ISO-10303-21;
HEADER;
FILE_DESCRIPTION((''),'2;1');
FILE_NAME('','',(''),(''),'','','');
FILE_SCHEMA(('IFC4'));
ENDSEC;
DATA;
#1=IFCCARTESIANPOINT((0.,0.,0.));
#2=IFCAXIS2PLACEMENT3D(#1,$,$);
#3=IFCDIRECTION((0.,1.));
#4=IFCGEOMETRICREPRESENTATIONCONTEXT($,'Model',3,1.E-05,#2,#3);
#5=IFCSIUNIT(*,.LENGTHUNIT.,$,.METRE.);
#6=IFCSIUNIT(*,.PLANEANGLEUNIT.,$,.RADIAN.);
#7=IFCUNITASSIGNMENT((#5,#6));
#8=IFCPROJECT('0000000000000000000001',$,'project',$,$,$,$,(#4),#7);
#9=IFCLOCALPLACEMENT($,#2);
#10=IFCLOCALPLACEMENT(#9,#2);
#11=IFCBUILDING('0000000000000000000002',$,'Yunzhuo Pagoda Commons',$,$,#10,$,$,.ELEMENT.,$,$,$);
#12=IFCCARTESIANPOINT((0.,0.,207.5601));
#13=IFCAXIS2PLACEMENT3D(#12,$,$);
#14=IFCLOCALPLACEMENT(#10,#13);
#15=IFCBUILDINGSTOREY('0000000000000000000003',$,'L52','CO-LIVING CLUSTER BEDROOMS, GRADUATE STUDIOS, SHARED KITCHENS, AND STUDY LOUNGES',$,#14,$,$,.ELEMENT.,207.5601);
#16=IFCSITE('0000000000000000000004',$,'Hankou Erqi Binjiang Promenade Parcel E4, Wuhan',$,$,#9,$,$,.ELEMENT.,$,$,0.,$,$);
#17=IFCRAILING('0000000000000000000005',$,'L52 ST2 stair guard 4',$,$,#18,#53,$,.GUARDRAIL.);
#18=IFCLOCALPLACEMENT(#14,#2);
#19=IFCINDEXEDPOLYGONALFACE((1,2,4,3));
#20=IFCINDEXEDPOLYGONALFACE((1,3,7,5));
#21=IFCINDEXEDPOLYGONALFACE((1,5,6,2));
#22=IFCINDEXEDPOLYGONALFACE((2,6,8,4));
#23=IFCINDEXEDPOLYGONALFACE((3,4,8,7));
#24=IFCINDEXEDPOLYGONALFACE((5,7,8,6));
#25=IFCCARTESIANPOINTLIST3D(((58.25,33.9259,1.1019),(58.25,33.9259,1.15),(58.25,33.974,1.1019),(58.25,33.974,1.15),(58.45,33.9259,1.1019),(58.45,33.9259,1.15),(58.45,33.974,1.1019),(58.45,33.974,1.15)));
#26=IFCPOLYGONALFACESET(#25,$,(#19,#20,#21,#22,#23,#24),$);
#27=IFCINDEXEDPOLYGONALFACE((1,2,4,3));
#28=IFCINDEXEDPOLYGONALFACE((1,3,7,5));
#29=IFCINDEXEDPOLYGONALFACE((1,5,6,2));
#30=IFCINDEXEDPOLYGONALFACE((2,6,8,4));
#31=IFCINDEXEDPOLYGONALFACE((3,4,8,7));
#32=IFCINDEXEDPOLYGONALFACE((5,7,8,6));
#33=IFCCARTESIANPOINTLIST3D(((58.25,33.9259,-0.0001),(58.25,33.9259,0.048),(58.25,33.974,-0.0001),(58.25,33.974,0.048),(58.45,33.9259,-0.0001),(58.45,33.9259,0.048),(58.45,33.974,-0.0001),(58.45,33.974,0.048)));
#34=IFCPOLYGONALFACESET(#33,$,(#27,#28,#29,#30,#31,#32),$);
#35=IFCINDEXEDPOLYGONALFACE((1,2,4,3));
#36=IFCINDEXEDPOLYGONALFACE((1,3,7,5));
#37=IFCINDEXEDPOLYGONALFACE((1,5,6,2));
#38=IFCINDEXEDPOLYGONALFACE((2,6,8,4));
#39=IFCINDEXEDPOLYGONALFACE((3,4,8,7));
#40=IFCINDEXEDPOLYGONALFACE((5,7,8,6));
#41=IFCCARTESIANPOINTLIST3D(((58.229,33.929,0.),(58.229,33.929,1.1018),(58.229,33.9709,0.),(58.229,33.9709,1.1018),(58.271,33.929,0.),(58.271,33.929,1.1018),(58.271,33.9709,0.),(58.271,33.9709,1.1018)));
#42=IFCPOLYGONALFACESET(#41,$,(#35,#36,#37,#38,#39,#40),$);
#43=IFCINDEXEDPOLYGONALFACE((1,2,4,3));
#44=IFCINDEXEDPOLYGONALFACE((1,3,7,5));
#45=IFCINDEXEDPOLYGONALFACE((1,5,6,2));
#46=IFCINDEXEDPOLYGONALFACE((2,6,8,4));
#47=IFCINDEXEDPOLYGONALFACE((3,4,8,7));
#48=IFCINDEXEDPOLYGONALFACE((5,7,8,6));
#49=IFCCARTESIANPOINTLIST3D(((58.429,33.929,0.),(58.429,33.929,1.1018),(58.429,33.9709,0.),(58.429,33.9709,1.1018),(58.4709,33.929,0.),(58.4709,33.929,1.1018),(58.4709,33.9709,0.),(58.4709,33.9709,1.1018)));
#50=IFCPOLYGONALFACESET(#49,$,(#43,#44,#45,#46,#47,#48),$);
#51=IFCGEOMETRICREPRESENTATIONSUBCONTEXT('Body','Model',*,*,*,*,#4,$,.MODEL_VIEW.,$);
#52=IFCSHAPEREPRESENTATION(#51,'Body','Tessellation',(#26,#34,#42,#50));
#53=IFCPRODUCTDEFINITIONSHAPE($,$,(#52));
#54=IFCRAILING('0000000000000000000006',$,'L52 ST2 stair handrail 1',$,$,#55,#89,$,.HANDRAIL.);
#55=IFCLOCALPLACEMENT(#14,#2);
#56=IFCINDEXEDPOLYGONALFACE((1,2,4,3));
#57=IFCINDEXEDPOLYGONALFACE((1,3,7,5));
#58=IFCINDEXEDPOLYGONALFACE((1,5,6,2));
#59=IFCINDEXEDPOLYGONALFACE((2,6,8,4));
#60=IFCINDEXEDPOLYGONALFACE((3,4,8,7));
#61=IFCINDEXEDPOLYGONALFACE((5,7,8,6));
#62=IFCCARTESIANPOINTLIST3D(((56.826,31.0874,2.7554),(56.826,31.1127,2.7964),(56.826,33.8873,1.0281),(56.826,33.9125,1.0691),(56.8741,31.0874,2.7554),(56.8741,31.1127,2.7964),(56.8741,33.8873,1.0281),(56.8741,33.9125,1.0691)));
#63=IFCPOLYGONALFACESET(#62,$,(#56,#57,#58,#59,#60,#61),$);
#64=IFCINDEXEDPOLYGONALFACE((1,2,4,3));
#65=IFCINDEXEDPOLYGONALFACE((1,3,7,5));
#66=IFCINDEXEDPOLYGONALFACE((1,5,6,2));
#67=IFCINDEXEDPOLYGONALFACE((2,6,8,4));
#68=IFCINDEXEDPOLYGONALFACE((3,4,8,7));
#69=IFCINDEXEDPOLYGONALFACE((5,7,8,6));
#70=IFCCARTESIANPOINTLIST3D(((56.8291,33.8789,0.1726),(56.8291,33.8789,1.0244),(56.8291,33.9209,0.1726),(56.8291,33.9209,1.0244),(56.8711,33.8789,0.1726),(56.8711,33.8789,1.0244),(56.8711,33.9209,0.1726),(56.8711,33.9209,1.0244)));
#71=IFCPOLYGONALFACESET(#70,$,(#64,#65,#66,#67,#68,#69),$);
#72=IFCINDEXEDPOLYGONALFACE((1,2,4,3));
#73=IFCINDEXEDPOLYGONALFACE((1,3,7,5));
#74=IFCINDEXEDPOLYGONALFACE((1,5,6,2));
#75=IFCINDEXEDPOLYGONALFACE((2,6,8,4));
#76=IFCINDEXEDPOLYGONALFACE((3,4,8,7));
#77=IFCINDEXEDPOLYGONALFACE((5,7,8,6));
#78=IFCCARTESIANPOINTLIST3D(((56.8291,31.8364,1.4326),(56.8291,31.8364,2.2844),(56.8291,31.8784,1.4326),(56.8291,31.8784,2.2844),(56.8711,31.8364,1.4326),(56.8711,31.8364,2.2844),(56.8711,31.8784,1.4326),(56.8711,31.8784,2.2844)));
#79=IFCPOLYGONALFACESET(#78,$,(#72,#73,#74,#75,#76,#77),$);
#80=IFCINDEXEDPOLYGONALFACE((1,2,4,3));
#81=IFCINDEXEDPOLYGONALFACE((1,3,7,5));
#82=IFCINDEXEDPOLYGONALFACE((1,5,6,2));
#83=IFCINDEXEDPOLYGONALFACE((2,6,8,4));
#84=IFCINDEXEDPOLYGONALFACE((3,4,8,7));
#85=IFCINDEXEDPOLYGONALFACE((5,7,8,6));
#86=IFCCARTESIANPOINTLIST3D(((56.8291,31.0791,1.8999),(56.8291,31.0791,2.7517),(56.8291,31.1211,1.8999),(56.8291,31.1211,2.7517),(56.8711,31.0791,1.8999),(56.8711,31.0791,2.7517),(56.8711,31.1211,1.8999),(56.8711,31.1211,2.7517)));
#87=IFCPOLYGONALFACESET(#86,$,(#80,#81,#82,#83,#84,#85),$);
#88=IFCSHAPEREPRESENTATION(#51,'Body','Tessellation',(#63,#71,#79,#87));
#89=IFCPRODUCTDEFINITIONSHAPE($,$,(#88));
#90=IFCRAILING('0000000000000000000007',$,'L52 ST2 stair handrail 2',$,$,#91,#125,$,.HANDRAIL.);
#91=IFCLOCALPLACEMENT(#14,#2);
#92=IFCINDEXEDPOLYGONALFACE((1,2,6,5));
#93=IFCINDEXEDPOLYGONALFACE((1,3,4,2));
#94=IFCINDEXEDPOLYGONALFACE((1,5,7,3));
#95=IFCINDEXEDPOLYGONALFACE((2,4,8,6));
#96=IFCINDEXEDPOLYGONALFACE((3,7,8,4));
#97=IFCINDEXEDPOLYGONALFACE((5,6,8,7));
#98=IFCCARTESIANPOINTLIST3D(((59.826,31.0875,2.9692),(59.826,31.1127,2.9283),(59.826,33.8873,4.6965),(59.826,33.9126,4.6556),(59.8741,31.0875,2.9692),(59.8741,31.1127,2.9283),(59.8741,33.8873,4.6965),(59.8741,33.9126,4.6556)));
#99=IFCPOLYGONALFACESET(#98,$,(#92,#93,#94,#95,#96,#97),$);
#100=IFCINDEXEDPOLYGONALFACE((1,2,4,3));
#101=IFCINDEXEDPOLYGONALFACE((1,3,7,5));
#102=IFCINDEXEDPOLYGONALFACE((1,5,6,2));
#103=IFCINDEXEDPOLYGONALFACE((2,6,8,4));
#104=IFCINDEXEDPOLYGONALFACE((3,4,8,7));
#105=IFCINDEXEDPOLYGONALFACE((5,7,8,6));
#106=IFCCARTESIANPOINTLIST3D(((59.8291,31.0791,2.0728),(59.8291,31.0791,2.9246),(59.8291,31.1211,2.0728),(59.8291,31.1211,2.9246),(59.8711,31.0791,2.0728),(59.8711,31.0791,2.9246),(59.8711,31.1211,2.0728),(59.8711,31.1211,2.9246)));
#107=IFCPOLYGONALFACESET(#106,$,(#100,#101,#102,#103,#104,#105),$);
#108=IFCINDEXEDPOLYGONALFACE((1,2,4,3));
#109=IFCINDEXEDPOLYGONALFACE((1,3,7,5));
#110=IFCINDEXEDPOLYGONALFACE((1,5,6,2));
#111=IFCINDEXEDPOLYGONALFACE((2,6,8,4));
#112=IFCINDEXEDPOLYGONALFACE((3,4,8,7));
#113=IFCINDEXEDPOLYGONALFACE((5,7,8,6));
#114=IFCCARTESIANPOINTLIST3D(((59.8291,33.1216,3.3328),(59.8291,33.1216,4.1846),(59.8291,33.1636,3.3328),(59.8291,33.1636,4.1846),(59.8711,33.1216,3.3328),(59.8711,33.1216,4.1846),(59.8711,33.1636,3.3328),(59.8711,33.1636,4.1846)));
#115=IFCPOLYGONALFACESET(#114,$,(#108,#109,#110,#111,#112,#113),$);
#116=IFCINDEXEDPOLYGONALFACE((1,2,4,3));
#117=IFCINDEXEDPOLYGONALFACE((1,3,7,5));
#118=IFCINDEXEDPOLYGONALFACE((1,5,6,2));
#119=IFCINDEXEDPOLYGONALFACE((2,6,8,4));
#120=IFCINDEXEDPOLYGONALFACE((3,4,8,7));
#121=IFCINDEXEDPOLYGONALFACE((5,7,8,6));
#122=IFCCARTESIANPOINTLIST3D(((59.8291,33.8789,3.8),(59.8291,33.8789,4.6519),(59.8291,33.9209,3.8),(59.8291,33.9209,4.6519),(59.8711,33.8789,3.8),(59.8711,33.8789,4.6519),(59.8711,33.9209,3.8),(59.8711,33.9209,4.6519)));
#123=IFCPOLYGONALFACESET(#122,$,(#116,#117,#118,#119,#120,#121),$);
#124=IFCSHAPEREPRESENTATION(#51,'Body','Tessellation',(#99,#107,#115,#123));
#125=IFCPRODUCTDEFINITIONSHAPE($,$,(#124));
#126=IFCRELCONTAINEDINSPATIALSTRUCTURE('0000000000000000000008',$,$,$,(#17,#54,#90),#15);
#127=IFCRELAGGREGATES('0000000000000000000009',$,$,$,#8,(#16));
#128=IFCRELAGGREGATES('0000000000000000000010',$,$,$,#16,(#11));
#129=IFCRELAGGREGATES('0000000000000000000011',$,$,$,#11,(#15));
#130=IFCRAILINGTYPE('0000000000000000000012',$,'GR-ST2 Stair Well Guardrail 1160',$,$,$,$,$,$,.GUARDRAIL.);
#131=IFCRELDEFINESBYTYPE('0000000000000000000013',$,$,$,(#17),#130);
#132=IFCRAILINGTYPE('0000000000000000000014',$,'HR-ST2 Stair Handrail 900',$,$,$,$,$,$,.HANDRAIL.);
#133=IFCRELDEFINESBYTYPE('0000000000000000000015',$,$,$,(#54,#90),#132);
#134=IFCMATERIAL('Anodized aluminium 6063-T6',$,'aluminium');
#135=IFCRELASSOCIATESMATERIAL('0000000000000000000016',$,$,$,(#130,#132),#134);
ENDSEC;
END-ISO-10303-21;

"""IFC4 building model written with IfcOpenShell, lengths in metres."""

from ifc_helpers import new_model, si_unit, direction, frame, origin, origin_2d, place, context, subcontext, project, spatial, rectangle, extrude, material, type_object, element, save


model = new_model("IFC4")

# Units and contexts
model_context = context("Model", 3, precision=1e-05, world=origin(), true_north=direction((0.0, 1.0)))
body_context = subcontext(model_context, "Body", "Model", "MODEL_VIEW")
ifc_project = project(units=[si_unit("LENGTHUNIT", "METRE"), si_unit("PLANEANGLEUNIT", "RADIAN")], contexts=[model_context])

# Site, building, storey
site_placement = place(None, origin())
site = spatial("IfcSite", under=ifc_project, at=site_placement, Name="Hankou Erqi Binjiang Promenade Parcel E4, Wuhan", CompositionType="ELEMENT", RefElevation=0.0)
building_placement = place(site_placement, origin())
building = spatial("IfcBuilding", under=site, at=building_placement, Name="Yunzhuo Pagoda Commons", CompositionType="ELEMENT")
storey_placement = place(building_placement, frame((0.0, 0.0, 207.5601)))
storey = spatial("IfcBuildingStorey", under=building, at=storey_placement, Name="L52", Description="CO-LIVING CLUSTER BEDROOMS, GRADUATE STUDIOS, SHARED KITCHENS, AND STUDY LOUNGES", CompositionType="ELEMENT", Elevation=207.5601)

# Railings
ifc_material_1 = material(Name="Anodized aluminium 6063-T6", Category="aluminium")
railing_type_1 = type_object("IfcRailingType", Name="GR-ST2 Stair Well Guardrail 1160", PredefinedType="GUARDRAIL", material=ifc_material_1)
railing_1_placement = place(storey_placement, frame((58.25, 33.95, 0.0)))
element("IfcRailing", 1, at=railing_1_placement, inside=storey, type_object=railing_type_1, Name="L52 ST2 stair guard 4", PredefinedType="GUARDRAIL", context=body_context, shape_type="SweptSolid", body=[
    extrude(rectangle(XDim=0.0481, YDim=0.0481, at=origin_2d()), frame((0.0, 0.0, 1.126), z_axis=(1.0, 0.0, 0.0), x_axis=(0.0, 1.0, 0.0)), (0.0, 0.0, 1.0), 0.2),
    extrude(rectangle(XDim=0.0481, YDim=0.0481, at=origin_2d()), frame((0.0, 0.0, 0.0239), z_axis=(1.0, 0.0, 0.0), x_axis=(0.0, 1.0, 0.0)), (0.0, 0.0, 1.0), 0.2),
    extrude(rectangle(XDim=0.042, YDim=0.042, at=origin_2d()), origin(), (0.0, 0.0, 1.0), 1.1018),
    extrude(rectangle(XDim=0.042, YDim=0.042, at=origin_2d()), frame((0.2, 0.0, 0.0)), (0.0, 0.0, 1.0), 1.1018),
])
railing_type_2 = type_object("IfcRailingType", Name="HR-ST2 Stair Handrail 900", PredefinedType="HANDRAIL", material=ifc_material_1)
railing_2_placement = place(storey_placement, frame((56.8501, 33.8999, 0.1726)))
element("IfcRailing", 2, at=railing_2_placement, inside=storey, type_object=railing_type_2, Name="L52 ST2 stair handrail 1", PredefinedType="HANDRAIL", context=body_context, shape_type="SweptSolid", body=[
    extrude(rectangle(XDim=0.0481, YDim=0.0481, at=origin_2d()), frame((0.0, 0.0, 0.876), z_axis=(0.0, -0.851069, 0.525054), x_axis=(1.0, 0.0, 0.0)), (0.0, 0.0, 1.0), 3.2898),
    extrude(rectangle(XDim=0.042, YDim=0.042, at=origin_2d()), origin(), (0.0, 0.0, 1.0), 0.8518),
    extrude(rectangle(XDim=0.042, YDim=0.042, at=origin_2d()), frame((0.0, -2.0425, 1.26)), (0.0, 0.0, 1.0), 0.8518),
    extrude(rectangle(XDim=0.042, YDim=0.042, at=origin_2d()), frame((0.0, -2.7998, 1.7273)), (0.0, 0.0, 1.0), 0.8518),
])
railing_3_placement = place(storey_placement, frame((59.8501, 31.1001, 2.0728)))
element("IfcRailing", 3, at=railing_3_placement, inside=storey, type_object=railing_type_2, Name="L52 ST2 stair handrail 2", PredefinedType="HANDRAIL", context=body_context, shape_type="SweptSolid", body=[
    extrude(rectangle(XDim=0.0481, YDim=0.0481, at=origin_2d()), frame((0.0, 0.0, 0.876), z_axis=(0.0, 0.851069, 0.525054), x_axis=(-1.0, 0.0, 0.0)), (0.0, 0.0, 1.0), 3.2898),
    extrude(rectangle(XDim=0.042, YDim=0.042, at=origin_2d()), origin(), (0.0, 0.0, 1.0), 0.8518),
    extrude(rectangle(XDim=0.042, YDim=0.042, at=origin_2d()), frame((0.0, 2.0425, 1.26)), (0.0, 0.0, 1.0), 0.8518),
    extrude(rectangle(XDim=0.042, YDim=0.042, at=origin_2d()), frame((0.0, 2.7998, 1.7273)), (0.0, 0.0, 1.0), 0.8518),
])

save(model, "model.ifc")
